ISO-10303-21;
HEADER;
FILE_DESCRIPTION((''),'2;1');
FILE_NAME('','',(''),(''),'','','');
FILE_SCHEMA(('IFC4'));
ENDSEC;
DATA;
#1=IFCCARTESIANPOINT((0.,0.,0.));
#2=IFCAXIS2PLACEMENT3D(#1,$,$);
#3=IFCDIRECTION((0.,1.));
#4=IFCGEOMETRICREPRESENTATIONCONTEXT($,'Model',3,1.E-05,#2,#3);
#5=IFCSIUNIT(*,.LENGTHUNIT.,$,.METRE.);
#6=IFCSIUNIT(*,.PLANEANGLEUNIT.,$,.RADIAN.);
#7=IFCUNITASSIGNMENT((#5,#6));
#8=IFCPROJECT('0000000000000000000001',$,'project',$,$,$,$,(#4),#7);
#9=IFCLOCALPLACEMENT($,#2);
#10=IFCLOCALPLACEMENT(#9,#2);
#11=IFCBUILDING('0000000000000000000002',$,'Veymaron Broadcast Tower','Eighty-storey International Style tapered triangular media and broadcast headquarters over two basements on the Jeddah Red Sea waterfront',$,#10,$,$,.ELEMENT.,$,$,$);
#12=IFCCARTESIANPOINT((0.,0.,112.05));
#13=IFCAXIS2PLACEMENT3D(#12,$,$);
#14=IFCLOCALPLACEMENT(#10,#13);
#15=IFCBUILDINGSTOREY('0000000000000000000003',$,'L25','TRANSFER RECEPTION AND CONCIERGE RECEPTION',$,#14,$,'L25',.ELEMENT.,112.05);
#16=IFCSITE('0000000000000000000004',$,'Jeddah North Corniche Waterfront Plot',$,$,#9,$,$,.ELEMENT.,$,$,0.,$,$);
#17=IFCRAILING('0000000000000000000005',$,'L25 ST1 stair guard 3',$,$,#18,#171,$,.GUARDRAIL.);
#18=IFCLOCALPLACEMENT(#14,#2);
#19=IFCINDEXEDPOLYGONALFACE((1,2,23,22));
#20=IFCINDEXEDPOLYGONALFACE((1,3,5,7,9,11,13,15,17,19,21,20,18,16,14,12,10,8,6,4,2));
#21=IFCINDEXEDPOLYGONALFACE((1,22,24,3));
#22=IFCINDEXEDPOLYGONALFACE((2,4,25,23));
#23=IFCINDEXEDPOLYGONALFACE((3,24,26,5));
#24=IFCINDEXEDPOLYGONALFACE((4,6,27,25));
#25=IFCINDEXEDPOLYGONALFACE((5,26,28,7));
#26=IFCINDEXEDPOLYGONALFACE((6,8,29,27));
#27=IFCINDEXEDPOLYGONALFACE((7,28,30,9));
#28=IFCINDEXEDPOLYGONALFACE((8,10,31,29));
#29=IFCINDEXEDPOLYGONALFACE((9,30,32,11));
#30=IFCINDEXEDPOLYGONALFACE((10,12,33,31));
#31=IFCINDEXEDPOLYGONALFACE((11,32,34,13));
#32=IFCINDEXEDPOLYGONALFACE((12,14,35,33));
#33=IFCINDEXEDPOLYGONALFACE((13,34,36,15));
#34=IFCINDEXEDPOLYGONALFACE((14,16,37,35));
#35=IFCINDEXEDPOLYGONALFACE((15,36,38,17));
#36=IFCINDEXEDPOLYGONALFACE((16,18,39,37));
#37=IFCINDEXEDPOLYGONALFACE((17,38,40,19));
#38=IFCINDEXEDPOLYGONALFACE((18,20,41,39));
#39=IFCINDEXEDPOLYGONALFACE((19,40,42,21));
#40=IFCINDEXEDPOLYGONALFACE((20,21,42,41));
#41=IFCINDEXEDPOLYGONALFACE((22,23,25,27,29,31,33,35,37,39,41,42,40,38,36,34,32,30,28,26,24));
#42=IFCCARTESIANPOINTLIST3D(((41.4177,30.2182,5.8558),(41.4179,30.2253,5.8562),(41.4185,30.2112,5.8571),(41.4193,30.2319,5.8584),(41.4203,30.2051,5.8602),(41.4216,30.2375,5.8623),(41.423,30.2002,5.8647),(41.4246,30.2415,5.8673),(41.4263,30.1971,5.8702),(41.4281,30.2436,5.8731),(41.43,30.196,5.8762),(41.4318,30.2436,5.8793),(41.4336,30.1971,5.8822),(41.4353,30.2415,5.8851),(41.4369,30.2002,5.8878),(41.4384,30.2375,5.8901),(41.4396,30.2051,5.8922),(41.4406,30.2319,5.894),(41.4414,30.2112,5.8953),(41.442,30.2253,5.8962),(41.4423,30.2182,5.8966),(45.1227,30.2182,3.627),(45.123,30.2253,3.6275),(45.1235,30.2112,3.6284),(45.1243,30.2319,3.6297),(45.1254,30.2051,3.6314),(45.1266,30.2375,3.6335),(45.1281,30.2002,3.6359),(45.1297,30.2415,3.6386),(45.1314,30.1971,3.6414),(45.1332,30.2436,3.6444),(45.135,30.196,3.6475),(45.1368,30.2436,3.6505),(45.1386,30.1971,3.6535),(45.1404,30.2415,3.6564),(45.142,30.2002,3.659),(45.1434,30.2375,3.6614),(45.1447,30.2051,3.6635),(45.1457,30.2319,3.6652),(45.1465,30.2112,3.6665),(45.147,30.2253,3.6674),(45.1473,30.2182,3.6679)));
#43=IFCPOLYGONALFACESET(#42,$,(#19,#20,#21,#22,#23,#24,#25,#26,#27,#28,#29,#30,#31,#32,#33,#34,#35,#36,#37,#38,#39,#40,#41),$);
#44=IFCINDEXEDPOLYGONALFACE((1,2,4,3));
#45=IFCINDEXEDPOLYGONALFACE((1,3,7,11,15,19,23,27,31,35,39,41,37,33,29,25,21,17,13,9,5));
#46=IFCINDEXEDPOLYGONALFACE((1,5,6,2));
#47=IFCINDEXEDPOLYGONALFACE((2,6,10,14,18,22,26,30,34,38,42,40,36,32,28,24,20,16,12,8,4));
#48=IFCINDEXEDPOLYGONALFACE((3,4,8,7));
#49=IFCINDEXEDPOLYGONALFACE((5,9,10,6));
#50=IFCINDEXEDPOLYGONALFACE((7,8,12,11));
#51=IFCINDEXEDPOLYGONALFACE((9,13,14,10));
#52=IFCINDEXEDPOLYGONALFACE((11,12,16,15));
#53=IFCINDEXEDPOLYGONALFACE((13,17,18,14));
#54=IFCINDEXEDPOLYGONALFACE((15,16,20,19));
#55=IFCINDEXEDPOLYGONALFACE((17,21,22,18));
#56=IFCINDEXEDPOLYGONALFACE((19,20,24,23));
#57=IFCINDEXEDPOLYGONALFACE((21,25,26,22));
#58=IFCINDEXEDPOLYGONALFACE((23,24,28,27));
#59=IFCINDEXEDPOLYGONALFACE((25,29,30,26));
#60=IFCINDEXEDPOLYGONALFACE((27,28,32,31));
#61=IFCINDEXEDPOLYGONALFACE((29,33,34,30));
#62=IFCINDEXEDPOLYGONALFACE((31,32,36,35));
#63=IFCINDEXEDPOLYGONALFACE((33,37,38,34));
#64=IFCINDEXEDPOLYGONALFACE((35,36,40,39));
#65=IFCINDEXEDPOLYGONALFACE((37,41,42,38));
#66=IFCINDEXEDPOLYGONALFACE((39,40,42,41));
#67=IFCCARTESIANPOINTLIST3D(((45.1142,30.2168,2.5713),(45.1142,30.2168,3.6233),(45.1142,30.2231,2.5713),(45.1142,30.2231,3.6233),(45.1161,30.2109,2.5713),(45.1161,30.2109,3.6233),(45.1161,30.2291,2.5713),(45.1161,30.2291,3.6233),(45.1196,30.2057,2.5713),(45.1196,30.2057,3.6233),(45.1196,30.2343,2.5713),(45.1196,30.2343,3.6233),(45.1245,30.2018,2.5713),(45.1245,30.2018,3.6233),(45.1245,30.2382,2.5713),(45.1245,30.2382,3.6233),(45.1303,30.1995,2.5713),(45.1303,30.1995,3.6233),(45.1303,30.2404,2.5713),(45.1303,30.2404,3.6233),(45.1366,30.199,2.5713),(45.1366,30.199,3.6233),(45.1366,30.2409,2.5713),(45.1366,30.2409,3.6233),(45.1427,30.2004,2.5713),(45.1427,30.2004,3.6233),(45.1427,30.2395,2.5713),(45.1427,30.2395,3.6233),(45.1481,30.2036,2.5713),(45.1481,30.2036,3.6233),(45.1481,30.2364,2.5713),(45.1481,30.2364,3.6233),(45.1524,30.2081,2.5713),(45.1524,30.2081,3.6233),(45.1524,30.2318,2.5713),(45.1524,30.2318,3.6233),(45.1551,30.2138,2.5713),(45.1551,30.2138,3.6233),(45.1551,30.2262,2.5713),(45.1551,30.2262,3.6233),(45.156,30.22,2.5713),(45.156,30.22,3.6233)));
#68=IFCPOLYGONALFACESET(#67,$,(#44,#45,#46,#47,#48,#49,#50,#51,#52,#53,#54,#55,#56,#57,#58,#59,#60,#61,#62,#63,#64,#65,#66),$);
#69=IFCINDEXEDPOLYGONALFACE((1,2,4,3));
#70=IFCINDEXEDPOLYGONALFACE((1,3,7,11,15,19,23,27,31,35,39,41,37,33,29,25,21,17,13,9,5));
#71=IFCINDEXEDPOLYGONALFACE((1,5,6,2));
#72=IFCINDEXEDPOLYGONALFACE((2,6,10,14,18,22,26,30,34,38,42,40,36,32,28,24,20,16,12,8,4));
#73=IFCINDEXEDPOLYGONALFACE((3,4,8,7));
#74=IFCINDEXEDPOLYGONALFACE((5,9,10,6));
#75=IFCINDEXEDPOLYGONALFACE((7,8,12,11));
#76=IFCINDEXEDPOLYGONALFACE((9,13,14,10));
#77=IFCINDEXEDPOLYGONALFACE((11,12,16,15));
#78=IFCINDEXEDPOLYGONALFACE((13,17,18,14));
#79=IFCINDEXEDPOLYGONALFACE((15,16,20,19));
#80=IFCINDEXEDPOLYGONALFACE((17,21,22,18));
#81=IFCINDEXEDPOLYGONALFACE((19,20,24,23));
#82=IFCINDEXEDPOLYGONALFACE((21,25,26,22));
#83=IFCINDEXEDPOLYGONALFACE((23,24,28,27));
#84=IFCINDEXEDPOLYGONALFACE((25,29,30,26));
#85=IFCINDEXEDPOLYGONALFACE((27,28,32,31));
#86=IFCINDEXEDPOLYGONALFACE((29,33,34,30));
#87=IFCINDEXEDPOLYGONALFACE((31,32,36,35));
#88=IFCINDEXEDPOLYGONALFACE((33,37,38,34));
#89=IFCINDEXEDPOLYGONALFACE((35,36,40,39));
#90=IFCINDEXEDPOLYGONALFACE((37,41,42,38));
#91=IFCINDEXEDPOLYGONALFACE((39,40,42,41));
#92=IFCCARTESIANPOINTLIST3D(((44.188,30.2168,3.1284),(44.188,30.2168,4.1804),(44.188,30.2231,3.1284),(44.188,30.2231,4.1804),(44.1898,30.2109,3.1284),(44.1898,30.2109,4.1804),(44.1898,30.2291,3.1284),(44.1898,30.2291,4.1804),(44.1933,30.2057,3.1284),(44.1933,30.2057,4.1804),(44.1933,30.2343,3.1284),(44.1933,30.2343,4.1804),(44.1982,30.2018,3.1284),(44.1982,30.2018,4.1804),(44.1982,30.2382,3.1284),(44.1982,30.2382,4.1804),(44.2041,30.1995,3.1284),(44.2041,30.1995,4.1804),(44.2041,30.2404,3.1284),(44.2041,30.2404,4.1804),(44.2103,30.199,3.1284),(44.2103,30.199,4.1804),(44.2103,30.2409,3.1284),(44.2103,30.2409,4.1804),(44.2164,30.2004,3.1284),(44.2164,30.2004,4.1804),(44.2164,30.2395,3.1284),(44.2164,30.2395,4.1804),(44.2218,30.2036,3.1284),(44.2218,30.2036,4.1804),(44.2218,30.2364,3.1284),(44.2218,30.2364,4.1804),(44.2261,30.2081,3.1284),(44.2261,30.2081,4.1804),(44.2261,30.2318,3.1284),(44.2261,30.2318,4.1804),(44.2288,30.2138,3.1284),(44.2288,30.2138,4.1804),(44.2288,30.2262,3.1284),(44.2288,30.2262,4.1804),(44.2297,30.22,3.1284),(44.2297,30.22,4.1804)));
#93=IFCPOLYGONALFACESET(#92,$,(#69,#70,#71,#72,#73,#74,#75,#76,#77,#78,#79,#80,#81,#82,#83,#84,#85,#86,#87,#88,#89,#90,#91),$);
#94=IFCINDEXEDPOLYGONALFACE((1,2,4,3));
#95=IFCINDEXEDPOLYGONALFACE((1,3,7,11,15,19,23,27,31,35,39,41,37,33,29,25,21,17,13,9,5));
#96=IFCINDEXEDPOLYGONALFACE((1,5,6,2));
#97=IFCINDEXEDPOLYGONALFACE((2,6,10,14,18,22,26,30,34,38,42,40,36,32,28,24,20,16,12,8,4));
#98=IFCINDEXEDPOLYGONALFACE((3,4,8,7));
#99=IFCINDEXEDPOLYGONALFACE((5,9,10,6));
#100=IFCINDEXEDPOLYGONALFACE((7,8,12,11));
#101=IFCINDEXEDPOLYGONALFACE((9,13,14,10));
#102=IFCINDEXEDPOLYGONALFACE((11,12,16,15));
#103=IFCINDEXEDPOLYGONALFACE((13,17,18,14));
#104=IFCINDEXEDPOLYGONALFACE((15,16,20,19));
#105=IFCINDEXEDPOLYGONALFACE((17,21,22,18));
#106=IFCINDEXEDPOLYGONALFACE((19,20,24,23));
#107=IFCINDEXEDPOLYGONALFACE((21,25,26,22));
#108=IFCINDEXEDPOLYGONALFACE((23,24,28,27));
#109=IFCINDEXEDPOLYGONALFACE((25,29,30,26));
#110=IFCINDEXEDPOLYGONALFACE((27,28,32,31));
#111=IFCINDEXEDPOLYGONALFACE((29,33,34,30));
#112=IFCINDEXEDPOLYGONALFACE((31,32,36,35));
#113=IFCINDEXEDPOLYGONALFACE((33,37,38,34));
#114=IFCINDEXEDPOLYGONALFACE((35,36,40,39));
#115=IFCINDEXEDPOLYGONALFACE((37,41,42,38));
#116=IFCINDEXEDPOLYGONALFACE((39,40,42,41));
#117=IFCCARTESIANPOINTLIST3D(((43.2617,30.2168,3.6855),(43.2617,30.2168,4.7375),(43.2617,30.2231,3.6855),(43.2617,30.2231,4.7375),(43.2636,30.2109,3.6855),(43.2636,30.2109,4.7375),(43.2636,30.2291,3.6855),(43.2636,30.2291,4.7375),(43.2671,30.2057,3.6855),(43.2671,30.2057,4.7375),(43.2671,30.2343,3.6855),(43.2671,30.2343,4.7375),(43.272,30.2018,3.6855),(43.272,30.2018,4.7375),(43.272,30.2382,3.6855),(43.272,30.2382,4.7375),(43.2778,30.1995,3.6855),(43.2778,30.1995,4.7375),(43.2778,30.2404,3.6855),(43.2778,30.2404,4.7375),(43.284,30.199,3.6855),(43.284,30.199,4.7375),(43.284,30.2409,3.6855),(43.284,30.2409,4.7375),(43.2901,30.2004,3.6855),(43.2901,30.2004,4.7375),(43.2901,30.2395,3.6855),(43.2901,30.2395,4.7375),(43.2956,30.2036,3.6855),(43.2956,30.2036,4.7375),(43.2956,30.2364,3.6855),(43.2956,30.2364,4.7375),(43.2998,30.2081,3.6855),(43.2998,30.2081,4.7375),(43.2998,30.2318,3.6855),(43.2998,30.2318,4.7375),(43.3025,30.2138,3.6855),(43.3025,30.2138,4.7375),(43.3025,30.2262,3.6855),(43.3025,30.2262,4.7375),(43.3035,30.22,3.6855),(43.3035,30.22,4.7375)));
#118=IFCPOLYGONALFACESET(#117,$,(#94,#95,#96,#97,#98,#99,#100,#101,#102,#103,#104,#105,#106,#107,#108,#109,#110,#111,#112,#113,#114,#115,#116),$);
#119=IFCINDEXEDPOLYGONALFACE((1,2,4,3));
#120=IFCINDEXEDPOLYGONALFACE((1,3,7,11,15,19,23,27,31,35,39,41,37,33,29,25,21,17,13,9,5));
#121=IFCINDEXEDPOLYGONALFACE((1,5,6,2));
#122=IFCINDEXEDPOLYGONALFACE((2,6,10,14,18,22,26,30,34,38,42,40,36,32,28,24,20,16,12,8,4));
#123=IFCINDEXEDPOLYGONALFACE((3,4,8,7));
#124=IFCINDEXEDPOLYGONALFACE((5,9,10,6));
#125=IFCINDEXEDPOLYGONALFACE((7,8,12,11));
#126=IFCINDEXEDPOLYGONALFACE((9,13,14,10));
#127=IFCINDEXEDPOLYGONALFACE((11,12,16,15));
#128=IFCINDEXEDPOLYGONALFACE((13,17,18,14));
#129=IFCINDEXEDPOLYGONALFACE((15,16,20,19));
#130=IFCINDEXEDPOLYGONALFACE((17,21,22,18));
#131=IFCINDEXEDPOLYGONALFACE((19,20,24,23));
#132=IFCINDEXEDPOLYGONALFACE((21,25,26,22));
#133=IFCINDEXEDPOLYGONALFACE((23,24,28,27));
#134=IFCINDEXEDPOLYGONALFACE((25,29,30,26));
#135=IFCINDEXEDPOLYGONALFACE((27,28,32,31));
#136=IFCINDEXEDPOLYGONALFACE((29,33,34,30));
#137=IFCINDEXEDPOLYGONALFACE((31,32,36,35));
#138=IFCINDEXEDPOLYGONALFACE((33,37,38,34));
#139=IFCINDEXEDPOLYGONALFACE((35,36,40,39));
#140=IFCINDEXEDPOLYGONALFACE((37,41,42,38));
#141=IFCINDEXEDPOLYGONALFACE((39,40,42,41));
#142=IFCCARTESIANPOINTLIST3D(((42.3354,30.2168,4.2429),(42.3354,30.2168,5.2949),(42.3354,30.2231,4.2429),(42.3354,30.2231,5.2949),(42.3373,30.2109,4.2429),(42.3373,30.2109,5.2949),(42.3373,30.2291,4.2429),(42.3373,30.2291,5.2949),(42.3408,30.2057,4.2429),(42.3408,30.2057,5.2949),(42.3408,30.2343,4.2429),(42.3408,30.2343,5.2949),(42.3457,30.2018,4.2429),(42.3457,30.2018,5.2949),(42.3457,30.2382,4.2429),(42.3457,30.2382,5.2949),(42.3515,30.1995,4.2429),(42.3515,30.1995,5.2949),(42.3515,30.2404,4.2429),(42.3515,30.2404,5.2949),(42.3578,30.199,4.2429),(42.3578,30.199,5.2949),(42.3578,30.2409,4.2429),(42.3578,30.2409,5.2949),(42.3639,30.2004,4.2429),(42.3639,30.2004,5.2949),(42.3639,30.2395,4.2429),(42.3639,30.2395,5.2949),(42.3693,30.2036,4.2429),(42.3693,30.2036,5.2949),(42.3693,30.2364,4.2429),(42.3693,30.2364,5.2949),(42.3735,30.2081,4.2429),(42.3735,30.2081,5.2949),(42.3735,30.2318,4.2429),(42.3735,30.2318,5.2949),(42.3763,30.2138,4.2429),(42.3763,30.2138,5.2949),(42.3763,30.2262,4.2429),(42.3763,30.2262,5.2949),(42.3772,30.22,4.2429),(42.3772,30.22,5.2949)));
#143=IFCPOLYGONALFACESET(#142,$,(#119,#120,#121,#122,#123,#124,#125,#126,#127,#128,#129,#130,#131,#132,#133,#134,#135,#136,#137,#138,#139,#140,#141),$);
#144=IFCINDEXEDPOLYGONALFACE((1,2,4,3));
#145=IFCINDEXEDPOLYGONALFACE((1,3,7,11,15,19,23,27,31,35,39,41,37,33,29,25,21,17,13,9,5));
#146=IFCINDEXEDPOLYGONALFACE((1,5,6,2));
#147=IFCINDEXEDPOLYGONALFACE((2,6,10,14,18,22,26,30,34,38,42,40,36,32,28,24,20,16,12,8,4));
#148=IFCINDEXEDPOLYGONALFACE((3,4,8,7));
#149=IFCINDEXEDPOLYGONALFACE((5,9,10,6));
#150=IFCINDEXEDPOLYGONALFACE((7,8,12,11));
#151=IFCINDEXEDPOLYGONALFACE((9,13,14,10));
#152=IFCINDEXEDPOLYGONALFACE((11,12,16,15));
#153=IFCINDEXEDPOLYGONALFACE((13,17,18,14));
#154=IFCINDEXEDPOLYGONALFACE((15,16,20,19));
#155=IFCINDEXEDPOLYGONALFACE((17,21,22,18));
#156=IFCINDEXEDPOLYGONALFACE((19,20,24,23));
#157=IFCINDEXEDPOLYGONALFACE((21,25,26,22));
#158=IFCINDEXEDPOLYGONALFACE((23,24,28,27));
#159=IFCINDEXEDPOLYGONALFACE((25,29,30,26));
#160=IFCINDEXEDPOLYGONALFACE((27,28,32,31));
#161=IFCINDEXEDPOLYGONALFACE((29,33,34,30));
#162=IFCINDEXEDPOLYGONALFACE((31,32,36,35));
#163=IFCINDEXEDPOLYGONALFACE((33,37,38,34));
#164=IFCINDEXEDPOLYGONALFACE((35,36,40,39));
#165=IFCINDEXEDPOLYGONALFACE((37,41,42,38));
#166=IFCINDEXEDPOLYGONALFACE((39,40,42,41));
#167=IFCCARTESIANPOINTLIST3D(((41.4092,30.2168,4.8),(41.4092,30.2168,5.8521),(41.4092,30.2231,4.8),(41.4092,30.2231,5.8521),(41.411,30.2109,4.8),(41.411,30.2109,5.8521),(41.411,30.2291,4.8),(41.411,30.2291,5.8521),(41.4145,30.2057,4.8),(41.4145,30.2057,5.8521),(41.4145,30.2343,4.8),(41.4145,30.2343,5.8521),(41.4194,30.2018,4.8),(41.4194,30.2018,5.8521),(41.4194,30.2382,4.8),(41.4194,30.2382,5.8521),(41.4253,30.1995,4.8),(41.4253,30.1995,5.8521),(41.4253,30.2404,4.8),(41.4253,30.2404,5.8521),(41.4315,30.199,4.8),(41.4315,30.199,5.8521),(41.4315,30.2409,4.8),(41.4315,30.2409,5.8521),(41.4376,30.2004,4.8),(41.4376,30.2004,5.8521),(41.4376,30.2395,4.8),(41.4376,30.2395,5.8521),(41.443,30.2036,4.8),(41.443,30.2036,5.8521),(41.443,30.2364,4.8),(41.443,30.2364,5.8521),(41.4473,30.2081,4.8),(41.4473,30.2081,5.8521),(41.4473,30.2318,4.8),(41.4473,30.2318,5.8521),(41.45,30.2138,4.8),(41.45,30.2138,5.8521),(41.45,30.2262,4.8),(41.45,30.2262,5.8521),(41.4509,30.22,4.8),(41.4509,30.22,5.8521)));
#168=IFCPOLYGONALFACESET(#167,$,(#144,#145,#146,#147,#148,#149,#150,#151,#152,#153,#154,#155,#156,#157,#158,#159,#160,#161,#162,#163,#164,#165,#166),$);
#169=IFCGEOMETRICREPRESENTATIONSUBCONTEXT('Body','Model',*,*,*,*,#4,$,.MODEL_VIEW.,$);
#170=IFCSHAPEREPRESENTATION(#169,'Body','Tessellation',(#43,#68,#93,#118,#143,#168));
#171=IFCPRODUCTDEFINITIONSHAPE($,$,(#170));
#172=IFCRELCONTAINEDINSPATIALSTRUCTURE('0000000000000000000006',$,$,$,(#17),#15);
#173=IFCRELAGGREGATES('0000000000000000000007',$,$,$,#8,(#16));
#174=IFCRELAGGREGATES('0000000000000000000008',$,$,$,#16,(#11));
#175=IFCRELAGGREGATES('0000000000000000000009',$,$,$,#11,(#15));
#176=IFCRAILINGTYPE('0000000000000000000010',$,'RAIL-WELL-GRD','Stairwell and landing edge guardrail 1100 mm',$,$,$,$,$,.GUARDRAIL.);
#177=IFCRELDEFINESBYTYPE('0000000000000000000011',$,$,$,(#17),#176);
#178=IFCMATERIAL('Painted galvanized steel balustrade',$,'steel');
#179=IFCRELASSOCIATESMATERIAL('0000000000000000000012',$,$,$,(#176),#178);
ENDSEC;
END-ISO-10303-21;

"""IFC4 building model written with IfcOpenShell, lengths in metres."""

from ifc_helpers import new_model, si_unit, direction, frame, origin, origin_2d, place, context, subcontext, project, spatial, circle, extrude, material, type_object, element, save


model = new_model("IFC4")

# Units and contexts
model_context = context("Model", 3, precision=1e-05, world=origin(), true_north=direction((0.0, 1.0)))
body_context = subcontext(model_context, "Body", "Model", "MODEL_VIEW")
ifc_project = project(units=[si_unit("LENGTHUNIT", "METRE"), si_unit("PLANEANGLEUNIT", "RADIAN")], contexts=[model_context])

# Site, building, storey
site_placement = place(None, origin())
site = spatial("IfcSite", under=ifc_project, at=site_placement, Name="Jeddah North Corniche Waterfront Plot", CompositionType="ELEMENT", RefElevation=0.0)
building_placement = place(site_placement, origin())
building = spatial("IfcBuilding", under=site, at=building_placement, Name="Veymaron Broadcast Tower", Description="Eighty-storey International Style tapered triangular media and broadcast headquarters over two basements on the Jeddah Red Sea waterfront", CompositionType="ELEMENT")
storey_placement = place(building_placement, frame((0.0, 0.0, 112.05)))
storey = spatial("IfcBuildingStorey", under=building, at=storey_placement, Name="L25", Description="TRANSFER RECEPTION AND CONCIERGE RECEPTION", LongName="L25", CompositionType="ELEMENT", Elevation=112.05)

# Railing
ifc_material_1 = material(Name="Painted galvanized steel balustrade", Category="steel")
railing_type_1 = type_object("IfcRailingType", Name="RAIL-WELL-GRD", Description="Stairwell and landing edge guardrail 1100 mm", PredefinedType="GUARDRAIL", material=ifc_material_1)
railing_1_placement = place(storey_placement, frame((45.135, 30.22, 2.5713)))
element("IfcRailing", 1, at=railing_1_placement, inside=storey, type_object=railing_type_1, Name="L25 ST1 stair guard 3", PredefinedType="GUARDRAIL", context=body_context, shape_type="SweptSolid", body=[
    extrude(circle(Radius=0.0239, at=origin_2d()), frame((0.0, 0.0, 1.0762), z_axis=(-0.856909, 0.0, 0.515467), x_axis=(0.0, -1.0, 0.0)), (0.0, 0.0, 1.0), 4.3237),
    extrude(circle(Radius=0.021, at=origin_2d()), origin(), (0.0, 0.0, 1.0), 1.052),
    extrude(circle(Radius=0.021, at=origin_2d()), frame((-0.9263, 0.0, 0.5571)), (0.0, 0.0, 1.0), 1.052),
    extrude(circle(Radius=0.021, at=origin_2d()), frame((-1.8525, 0.0, 1.1143)), (0.0, 0.0, 1.0), 1.052),
    extrude(circle(Radius=0.021, at=origin_2d()), frame((-2.7788, 0.0, 1.6716)), (0.0, 0.0, 1.0), 1.052),
    extrude(circle(Radius=0.021, at=origin_2d()), frame((-3.7051, 0.0, 2.2288)), (0.0, 0.0, 1.0), 1.052),
])

save(model, "model.ifc")
